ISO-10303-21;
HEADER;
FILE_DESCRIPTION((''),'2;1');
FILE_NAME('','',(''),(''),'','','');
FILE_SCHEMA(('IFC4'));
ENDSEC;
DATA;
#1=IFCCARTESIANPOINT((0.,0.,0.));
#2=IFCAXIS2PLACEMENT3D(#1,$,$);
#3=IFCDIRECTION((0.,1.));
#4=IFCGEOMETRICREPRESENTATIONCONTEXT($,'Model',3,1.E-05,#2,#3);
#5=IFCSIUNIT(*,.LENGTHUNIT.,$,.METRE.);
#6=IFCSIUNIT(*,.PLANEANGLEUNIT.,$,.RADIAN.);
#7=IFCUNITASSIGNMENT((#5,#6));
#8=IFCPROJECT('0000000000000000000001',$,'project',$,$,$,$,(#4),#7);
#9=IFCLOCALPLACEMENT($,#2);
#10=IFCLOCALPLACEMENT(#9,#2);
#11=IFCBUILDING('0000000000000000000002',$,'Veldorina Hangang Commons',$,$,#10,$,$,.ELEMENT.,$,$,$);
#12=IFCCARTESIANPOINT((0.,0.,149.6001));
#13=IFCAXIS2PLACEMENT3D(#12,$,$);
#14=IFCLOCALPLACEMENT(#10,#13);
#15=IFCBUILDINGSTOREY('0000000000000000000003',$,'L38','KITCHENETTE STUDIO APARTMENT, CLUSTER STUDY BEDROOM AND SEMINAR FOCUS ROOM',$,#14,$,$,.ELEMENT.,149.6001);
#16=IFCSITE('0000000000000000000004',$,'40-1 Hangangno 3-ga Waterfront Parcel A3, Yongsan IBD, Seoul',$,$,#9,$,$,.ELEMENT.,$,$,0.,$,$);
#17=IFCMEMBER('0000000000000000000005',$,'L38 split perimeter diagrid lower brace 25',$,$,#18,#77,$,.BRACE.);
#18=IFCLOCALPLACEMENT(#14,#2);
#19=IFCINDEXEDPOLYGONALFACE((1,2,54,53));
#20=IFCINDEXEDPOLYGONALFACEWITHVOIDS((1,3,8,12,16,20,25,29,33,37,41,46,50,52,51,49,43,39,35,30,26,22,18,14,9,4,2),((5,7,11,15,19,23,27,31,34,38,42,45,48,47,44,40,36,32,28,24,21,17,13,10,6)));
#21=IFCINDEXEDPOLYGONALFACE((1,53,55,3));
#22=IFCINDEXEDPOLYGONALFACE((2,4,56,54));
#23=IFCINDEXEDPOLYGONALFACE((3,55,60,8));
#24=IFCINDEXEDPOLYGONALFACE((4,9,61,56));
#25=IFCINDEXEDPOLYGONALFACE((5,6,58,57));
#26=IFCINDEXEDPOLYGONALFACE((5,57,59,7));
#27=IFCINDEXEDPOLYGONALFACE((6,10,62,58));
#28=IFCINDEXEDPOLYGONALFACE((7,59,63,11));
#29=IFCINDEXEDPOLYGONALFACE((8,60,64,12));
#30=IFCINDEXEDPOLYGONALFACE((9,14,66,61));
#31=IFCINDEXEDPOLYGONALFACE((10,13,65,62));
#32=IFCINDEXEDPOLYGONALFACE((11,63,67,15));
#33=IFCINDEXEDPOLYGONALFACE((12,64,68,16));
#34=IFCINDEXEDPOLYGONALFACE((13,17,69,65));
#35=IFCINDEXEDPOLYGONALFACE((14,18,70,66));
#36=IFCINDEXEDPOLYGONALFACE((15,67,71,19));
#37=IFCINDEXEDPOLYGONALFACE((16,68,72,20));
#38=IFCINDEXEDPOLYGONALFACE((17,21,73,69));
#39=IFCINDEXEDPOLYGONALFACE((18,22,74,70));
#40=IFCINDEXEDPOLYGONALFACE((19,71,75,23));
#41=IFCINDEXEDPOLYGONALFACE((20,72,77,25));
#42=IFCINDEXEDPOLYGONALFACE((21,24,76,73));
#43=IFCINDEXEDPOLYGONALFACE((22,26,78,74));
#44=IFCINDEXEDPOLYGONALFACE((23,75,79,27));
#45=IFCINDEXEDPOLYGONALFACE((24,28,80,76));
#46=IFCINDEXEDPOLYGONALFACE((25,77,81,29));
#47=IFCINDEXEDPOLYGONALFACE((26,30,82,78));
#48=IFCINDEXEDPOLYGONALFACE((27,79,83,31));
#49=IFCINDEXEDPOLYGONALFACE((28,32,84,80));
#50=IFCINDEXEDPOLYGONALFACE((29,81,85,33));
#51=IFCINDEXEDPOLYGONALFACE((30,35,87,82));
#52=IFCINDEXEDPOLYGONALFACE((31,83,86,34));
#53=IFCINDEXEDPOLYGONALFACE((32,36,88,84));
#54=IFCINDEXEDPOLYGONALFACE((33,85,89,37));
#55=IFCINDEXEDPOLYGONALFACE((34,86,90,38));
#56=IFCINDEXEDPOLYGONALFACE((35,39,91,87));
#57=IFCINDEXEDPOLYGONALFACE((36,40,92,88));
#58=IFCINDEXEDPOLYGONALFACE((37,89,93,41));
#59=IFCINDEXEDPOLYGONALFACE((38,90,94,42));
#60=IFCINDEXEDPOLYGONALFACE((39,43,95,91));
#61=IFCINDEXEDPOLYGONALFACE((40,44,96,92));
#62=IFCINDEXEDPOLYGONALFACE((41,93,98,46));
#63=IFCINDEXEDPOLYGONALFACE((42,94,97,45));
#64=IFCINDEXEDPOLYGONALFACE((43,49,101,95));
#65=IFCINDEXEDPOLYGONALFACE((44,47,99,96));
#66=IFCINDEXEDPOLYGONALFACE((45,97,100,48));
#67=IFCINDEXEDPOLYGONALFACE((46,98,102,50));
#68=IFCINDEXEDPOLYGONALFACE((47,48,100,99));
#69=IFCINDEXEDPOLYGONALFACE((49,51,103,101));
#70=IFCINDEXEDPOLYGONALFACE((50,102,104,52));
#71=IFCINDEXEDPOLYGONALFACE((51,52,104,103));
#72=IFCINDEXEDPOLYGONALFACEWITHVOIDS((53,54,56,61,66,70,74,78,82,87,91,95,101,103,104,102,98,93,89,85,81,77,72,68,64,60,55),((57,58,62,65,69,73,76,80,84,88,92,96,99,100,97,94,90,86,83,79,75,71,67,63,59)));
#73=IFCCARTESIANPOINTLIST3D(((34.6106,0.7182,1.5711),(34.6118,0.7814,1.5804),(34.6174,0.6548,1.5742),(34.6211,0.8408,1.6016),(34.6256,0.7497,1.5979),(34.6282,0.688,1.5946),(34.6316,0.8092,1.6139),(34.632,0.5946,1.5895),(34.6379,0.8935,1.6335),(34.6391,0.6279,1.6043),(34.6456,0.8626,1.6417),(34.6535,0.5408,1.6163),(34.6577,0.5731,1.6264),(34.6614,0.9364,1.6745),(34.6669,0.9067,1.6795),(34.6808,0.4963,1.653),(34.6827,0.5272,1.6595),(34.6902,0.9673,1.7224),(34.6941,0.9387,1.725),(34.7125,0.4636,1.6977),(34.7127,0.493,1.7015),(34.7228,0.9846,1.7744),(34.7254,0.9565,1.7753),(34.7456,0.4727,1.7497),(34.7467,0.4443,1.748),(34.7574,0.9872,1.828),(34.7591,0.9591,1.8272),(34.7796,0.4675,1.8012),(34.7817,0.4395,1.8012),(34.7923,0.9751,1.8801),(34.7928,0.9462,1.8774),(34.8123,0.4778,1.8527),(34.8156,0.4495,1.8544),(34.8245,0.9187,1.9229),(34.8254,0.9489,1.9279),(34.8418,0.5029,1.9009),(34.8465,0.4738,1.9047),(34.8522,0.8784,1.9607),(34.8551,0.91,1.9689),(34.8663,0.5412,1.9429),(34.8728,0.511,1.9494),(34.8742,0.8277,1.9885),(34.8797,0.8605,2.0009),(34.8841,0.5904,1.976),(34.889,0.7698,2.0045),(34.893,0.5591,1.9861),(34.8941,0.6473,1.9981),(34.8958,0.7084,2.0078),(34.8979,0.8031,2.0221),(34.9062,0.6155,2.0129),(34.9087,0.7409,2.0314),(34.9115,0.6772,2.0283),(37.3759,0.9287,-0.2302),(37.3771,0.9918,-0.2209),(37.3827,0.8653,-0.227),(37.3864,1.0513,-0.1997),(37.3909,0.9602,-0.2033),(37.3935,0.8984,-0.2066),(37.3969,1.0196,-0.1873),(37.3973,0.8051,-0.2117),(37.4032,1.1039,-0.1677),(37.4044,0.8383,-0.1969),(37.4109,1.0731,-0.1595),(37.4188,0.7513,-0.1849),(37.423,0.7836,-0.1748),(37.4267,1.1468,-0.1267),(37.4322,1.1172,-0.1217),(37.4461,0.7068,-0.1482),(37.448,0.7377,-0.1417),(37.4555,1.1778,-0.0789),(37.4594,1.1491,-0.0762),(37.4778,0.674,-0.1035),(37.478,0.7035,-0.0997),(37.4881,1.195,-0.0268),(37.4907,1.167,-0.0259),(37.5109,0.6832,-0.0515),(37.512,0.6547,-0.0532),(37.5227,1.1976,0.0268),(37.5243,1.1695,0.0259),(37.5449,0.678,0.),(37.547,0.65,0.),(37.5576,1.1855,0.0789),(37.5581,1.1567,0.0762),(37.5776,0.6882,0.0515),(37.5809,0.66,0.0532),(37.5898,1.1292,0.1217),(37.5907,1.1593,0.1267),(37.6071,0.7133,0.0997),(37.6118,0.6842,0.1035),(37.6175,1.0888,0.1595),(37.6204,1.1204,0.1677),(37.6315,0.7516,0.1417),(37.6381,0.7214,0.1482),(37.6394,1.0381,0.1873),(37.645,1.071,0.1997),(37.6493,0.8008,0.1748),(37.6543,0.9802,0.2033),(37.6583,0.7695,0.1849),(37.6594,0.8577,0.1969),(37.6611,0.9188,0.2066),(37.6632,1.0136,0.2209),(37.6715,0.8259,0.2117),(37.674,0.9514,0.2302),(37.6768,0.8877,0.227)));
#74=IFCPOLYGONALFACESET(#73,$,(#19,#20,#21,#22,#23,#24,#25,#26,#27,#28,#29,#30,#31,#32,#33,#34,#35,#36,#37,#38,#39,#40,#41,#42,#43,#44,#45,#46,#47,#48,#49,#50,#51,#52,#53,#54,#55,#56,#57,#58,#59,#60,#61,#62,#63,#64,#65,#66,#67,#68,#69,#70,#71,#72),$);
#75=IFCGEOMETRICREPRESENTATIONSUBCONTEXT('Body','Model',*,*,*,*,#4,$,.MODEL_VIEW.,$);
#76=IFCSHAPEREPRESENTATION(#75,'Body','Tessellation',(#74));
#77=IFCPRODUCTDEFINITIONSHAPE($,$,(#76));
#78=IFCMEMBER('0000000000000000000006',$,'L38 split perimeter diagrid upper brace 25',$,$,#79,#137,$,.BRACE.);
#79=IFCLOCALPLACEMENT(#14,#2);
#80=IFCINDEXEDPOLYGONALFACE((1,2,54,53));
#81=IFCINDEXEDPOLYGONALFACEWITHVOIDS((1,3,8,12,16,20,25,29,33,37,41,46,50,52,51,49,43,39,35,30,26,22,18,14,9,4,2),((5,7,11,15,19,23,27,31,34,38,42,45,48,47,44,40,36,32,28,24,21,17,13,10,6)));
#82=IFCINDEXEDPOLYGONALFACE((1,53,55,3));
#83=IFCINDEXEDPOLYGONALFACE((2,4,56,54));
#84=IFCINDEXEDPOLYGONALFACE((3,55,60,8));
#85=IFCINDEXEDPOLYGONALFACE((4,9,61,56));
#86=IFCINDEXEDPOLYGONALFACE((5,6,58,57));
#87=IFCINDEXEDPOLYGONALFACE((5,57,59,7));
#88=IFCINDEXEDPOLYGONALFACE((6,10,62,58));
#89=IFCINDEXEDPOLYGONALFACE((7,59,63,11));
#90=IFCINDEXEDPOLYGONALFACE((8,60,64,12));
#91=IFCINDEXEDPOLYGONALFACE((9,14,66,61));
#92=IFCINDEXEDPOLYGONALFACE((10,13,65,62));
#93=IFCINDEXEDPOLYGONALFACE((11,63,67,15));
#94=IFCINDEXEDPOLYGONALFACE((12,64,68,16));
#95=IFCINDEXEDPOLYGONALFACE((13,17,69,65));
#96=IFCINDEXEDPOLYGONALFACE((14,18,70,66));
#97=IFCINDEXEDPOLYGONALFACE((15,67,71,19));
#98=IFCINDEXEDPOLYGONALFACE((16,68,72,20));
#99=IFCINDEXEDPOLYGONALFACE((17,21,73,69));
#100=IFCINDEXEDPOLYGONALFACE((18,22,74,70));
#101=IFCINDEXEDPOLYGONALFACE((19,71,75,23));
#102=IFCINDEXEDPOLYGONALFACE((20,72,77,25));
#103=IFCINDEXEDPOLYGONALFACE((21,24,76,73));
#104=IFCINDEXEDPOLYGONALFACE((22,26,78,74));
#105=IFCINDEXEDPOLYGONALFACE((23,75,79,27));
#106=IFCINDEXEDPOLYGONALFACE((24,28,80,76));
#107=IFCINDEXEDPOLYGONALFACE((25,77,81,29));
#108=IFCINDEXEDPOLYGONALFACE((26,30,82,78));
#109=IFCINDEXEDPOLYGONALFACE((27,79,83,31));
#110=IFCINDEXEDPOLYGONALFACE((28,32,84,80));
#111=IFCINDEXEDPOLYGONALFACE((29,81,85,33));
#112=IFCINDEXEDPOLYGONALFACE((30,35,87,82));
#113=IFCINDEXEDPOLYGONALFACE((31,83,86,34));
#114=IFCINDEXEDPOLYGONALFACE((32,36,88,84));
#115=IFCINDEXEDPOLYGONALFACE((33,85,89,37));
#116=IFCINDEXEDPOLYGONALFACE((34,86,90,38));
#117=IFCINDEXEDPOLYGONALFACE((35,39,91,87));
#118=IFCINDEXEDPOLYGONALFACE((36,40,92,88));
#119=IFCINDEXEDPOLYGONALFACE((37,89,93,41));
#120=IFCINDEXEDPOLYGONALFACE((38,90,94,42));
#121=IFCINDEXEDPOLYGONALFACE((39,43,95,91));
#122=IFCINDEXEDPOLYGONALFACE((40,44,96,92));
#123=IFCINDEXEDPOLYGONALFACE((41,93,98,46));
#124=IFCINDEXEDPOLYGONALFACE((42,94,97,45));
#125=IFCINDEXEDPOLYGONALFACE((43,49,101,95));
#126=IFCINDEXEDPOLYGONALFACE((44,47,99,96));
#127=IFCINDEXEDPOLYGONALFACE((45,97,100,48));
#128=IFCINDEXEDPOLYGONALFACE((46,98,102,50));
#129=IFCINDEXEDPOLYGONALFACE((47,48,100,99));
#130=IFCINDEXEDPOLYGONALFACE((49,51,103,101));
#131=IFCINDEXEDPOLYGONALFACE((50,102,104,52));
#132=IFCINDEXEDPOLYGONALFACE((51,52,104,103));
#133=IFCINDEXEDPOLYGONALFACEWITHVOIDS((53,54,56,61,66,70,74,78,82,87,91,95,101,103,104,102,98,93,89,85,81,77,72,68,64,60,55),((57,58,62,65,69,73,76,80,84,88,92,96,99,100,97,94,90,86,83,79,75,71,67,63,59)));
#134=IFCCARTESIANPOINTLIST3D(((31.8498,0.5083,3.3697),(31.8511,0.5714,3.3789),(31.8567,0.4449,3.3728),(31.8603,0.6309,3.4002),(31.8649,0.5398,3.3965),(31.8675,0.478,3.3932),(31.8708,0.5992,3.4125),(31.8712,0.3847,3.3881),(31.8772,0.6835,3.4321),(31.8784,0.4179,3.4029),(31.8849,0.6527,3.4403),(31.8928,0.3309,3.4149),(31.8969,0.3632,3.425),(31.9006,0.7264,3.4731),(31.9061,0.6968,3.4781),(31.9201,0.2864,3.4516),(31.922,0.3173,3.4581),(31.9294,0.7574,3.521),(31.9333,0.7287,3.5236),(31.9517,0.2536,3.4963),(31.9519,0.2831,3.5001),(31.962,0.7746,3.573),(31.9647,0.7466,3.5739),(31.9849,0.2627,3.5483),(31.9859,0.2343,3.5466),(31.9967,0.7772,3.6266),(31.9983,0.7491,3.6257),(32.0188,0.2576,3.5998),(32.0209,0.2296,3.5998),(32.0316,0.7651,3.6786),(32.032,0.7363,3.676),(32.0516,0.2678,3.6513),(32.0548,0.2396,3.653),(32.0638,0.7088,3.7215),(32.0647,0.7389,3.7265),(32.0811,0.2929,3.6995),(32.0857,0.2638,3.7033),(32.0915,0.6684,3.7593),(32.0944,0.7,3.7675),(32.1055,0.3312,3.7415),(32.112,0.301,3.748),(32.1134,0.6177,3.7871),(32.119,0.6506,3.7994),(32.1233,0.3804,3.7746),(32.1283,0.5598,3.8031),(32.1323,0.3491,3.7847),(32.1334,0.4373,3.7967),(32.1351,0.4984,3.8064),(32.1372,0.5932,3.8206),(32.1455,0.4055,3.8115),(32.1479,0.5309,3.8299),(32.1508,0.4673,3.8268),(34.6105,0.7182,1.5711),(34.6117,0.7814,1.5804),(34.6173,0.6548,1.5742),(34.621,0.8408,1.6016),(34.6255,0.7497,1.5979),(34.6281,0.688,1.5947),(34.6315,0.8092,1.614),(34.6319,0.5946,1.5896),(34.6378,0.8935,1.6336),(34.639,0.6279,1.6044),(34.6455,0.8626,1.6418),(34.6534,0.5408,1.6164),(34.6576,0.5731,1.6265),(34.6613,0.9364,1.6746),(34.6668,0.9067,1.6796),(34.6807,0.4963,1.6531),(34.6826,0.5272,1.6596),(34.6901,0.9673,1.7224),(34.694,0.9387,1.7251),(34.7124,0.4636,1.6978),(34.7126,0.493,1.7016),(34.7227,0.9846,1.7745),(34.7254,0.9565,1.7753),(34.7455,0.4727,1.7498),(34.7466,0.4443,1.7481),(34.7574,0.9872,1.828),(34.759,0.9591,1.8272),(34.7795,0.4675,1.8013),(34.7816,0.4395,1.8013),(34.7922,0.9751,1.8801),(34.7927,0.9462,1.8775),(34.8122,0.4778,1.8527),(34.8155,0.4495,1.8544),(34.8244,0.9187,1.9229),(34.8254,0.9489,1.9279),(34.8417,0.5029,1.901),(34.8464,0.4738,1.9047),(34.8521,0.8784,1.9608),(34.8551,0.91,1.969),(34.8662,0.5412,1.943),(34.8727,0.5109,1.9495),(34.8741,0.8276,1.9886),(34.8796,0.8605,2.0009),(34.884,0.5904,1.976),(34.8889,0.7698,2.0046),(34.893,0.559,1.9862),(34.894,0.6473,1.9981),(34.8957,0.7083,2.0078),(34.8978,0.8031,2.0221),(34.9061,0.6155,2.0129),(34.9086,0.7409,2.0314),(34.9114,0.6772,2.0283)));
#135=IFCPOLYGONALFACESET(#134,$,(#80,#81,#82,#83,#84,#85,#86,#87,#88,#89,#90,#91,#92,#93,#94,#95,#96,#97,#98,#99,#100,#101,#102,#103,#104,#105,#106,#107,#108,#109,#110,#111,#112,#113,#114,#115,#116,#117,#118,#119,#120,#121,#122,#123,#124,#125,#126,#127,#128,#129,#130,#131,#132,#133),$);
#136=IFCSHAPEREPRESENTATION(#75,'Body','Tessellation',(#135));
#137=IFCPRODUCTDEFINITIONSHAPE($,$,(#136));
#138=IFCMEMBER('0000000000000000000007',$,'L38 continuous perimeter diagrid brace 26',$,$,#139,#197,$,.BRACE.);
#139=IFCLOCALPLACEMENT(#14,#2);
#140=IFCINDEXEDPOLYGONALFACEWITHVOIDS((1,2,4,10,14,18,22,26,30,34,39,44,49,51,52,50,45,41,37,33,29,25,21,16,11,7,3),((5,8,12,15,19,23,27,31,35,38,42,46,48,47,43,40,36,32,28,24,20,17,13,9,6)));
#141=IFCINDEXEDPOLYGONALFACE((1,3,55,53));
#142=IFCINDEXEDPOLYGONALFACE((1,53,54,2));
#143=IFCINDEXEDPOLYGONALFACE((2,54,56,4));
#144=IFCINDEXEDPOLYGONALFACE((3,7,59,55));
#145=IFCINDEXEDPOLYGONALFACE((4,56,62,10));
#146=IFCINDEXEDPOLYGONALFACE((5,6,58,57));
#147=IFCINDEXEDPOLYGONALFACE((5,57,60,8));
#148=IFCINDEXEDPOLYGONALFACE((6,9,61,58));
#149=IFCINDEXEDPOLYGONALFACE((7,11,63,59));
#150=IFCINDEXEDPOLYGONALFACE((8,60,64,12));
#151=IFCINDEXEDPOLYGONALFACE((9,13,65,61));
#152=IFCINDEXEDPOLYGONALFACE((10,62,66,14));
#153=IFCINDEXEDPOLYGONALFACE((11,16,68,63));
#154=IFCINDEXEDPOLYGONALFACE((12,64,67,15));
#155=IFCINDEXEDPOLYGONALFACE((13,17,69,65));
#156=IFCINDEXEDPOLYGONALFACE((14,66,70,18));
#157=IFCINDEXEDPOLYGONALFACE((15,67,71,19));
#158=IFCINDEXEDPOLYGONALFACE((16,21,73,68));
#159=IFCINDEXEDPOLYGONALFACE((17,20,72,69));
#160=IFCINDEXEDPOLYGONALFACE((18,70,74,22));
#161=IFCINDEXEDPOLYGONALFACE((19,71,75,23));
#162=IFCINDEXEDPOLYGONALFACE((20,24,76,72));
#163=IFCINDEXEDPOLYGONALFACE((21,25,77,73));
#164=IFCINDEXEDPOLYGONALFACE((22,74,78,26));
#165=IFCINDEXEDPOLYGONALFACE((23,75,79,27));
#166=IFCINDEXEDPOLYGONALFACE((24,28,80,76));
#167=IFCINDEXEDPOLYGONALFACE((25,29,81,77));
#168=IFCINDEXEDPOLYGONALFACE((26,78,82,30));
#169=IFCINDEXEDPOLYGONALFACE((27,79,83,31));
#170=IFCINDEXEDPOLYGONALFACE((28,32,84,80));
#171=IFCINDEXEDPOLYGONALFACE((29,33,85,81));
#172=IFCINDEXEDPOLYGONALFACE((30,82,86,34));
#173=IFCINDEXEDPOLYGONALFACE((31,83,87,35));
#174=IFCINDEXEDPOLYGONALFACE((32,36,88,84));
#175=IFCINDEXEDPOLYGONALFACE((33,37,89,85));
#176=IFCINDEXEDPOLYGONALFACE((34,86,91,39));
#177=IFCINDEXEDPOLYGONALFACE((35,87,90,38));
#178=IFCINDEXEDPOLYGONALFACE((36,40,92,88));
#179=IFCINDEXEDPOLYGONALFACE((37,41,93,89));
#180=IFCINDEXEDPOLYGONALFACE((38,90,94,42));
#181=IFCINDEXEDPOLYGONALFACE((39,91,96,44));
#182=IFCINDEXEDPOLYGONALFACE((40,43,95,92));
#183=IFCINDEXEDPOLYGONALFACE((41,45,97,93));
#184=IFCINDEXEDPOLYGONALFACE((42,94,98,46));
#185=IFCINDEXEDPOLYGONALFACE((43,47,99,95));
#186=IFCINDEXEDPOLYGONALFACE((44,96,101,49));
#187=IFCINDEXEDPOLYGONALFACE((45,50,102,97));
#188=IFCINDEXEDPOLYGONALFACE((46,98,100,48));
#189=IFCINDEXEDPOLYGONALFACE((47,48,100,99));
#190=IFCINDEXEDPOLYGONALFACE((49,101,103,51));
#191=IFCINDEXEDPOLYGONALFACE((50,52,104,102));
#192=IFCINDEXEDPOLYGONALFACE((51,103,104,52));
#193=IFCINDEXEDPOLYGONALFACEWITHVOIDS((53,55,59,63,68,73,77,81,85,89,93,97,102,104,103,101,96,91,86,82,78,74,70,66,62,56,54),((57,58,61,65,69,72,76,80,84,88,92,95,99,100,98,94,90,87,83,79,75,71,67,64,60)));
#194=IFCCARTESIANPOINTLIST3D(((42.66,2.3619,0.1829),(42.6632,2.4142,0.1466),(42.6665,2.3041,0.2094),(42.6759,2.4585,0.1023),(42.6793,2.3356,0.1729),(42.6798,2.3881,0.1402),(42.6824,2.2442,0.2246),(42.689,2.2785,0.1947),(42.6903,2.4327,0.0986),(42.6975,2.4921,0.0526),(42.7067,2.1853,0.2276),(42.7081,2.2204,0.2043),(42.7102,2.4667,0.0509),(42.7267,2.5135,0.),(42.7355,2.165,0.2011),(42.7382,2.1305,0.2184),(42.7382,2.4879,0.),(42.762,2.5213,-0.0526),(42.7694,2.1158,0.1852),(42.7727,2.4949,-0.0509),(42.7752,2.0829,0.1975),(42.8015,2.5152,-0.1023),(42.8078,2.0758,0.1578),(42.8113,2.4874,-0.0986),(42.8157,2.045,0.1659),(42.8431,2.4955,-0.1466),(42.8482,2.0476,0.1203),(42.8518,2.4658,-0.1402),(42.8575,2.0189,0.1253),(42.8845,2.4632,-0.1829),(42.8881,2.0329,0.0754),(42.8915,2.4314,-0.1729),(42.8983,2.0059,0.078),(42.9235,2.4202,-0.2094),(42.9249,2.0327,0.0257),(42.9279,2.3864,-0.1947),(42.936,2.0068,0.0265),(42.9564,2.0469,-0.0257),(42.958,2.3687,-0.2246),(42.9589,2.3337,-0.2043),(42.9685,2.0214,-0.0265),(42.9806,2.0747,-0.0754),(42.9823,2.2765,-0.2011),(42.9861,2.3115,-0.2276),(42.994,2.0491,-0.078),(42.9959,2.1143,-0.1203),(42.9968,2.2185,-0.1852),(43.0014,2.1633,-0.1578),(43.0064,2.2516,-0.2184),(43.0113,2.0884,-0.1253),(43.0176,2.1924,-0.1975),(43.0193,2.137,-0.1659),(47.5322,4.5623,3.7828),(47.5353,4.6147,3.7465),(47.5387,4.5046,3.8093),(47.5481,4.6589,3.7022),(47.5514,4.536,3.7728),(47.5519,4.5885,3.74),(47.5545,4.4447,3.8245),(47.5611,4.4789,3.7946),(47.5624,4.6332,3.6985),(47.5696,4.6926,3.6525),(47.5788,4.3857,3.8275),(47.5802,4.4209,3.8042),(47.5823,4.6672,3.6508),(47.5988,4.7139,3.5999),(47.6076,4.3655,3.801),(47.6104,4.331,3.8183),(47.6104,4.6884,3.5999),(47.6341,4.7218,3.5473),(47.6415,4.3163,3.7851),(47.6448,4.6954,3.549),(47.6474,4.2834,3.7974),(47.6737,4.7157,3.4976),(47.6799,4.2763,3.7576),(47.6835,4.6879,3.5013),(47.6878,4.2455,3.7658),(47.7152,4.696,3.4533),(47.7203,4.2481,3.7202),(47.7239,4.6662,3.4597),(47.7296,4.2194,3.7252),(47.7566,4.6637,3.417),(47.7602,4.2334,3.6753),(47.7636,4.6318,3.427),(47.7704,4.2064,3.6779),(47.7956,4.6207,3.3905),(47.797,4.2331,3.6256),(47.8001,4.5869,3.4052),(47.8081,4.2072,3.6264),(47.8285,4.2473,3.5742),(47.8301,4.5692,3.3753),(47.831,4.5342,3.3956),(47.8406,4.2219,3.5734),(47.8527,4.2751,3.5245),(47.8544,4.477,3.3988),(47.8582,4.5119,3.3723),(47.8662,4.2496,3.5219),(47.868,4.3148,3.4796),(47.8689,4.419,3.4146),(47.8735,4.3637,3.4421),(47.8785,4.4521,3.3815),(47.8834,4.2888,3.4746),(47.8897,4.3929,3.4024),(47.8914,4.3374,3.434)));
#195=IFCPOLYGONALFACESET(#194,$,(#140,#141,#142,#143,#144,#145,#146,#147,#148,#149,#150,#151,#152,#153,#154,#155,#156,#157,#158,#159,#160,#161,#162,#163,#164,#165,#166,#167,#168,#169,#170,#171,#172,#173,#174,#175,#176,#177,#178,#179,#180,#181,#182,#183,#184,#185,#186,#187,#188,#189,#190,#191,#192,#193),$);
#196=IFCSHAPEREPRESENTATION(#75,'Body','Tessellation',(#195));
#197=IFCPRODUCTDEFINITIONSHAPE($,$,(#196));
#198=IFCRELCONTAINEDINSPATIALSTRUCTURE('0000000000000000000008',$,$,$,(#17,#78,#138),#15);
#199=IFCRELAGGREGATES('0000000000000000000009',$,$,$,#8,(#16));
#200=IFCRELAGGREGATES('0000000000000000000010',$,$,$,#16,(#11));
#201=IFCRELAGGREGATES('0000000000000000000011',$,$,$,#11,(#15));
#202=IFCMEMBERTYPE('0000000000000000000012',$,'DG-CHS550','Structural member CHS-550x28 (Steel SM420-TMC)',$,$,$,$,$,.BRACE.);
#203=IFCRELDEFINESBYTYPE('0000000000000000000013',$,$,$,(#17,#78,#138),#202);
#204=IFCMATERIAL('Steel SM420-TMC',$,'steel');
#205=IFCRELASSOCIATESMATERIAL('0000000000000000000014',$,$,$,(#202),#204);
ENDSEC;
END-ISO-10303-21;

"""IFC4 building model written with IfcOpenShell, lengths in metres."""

from ifc_helpers import new_model, si_unit, direction, frame, origin, origin_2d, place, context, subcontext, project, spatial, hollow_circle, extrude, material, material_profile, profile_set, type_object, element, save


model = new_model("IFC4")

# Units and contexts
model_context = context("Model", 3, precision=1e-05, world=origin(), true_north=direction((0.0, 1.0)))
body_context = subcontext(model_context, "Body", "Model", "MODEL_VIEW")
ifc_project = project(units=[si_unit("LENGTHUNIT", "METRE"), si_unit("PLANEANGLEUNIT", "RADIAN")], contexts=[model_context])

# Site, building, storey
site_placement = place(None, origin())
site = spatial("IfcSite", under=ifc_project, at=site_placement, Name="40-1 Hangangno 3-ga Waterfront Parcel A3, Yongsan IBD, Seoul", CompositionType="ELEMENT", RefElevation=0.0)
building_placement = place(site_placement, origin())
building = spatial("IfcBuilding", under=site, at=building_placement, Name="Veldorina Hangang Commons", CompositionType="ELEMENT")
storey_placement = place(building_placement, frame((0.0, 0.0, 149.6001)))
storey = spatial("IfcBuildingStorey", under=building, at=storey_placement, Name="L38", Description="KITCHENETTE STUDIO APARTMENT, CLUSTER STUDY BEDROOM AND SEMINAR FOCUS ROOM", CompositionType="ELEMENT", Elevation=149.6001)

# Shared definitions
ifc_material_1 = material(Name="Steel SM420-TMC", Category="steel")

# Members
ifc_material_profile_1 = material_profile(ifc_material_1, hollow_circle(Radius=0.2749, WallThickness=0.0281, at=origin_2d()), Name="CHS-550x28")
ifc_profile_set_1 = profile_set([ifc_material_profile_1], Name="Steel SM420-TMC")
member_type_1 = type_object("IfcMemberType", Name="DG-CHS550", Description="Structural member CHS-550x28 (Steel SM420-TMC)", PredefinedType="BRACE", material=ifc_profile_set_1)
member_1_placement = place(storey_placement, frame((37.5261, 0.9241, 0.0), z_axis=(-0.836223, -0.063638, 0.544685), x_axis=(0.075882, -0.997117, 0.0)))
element("IfcMember", 1, at=member_1_placement, inside=storey, type_object=member_type_1, Name="L38 split perimeter diagrid lower brace 25", PredefinedType="BRACE", context=body_context, shape_type="SweptSolid", body=[
    extrude(hollow_circle(Radius=0.2749, WallThickness=0.0281, at=origin_2d()), origin(), (0.0, 0.0, 1.0), 3.3069),
])
member_2_placement = place(storey_placement, frame((34.7607, 0.7136, 1.8013), z_axis=(-0.836178, -0.063593, 0.544758), x_axis=(0.075833, -0.997121, 0.0)))
element("IfcMember", 2, at=member_2_placement, inside=storey, type_object=member_type_1, Name="L38 split perimeter diagrid upper brace 25", PredefinedType="BRACE", context=body_context, shape_type="SweptSolid", body=[
    extrude(hollow_circle(Radius=0.2749, WallThickness=0.0281, at=origin_2d()), origin(), (0.0, 0.0, 1.0), 3.3015),
])
member_3_placement = place(storey_placement, frame((42.8398, 2.2629, 0.0), z_axis=(0.755946, 0.341418, 0.55855), x_axis=(-0.41161, 0.91136, 0.0)))
element("IfcMember", 3, at=member_3_placement, inside=storey, type_object=member_type_1, Name="L38 continuous perimeter diagrid brace 26", PredefinedType="BRACE", context=body_context, shape_type="SweptSolid", body=[
    extrude(hollow_circle(Radius=0.2749, WallThickness=0.0281, at=origin_2d()), origin(), (0.0, 0.0, 1.0), 6.4451),
])

save(model, "model.ifc")
